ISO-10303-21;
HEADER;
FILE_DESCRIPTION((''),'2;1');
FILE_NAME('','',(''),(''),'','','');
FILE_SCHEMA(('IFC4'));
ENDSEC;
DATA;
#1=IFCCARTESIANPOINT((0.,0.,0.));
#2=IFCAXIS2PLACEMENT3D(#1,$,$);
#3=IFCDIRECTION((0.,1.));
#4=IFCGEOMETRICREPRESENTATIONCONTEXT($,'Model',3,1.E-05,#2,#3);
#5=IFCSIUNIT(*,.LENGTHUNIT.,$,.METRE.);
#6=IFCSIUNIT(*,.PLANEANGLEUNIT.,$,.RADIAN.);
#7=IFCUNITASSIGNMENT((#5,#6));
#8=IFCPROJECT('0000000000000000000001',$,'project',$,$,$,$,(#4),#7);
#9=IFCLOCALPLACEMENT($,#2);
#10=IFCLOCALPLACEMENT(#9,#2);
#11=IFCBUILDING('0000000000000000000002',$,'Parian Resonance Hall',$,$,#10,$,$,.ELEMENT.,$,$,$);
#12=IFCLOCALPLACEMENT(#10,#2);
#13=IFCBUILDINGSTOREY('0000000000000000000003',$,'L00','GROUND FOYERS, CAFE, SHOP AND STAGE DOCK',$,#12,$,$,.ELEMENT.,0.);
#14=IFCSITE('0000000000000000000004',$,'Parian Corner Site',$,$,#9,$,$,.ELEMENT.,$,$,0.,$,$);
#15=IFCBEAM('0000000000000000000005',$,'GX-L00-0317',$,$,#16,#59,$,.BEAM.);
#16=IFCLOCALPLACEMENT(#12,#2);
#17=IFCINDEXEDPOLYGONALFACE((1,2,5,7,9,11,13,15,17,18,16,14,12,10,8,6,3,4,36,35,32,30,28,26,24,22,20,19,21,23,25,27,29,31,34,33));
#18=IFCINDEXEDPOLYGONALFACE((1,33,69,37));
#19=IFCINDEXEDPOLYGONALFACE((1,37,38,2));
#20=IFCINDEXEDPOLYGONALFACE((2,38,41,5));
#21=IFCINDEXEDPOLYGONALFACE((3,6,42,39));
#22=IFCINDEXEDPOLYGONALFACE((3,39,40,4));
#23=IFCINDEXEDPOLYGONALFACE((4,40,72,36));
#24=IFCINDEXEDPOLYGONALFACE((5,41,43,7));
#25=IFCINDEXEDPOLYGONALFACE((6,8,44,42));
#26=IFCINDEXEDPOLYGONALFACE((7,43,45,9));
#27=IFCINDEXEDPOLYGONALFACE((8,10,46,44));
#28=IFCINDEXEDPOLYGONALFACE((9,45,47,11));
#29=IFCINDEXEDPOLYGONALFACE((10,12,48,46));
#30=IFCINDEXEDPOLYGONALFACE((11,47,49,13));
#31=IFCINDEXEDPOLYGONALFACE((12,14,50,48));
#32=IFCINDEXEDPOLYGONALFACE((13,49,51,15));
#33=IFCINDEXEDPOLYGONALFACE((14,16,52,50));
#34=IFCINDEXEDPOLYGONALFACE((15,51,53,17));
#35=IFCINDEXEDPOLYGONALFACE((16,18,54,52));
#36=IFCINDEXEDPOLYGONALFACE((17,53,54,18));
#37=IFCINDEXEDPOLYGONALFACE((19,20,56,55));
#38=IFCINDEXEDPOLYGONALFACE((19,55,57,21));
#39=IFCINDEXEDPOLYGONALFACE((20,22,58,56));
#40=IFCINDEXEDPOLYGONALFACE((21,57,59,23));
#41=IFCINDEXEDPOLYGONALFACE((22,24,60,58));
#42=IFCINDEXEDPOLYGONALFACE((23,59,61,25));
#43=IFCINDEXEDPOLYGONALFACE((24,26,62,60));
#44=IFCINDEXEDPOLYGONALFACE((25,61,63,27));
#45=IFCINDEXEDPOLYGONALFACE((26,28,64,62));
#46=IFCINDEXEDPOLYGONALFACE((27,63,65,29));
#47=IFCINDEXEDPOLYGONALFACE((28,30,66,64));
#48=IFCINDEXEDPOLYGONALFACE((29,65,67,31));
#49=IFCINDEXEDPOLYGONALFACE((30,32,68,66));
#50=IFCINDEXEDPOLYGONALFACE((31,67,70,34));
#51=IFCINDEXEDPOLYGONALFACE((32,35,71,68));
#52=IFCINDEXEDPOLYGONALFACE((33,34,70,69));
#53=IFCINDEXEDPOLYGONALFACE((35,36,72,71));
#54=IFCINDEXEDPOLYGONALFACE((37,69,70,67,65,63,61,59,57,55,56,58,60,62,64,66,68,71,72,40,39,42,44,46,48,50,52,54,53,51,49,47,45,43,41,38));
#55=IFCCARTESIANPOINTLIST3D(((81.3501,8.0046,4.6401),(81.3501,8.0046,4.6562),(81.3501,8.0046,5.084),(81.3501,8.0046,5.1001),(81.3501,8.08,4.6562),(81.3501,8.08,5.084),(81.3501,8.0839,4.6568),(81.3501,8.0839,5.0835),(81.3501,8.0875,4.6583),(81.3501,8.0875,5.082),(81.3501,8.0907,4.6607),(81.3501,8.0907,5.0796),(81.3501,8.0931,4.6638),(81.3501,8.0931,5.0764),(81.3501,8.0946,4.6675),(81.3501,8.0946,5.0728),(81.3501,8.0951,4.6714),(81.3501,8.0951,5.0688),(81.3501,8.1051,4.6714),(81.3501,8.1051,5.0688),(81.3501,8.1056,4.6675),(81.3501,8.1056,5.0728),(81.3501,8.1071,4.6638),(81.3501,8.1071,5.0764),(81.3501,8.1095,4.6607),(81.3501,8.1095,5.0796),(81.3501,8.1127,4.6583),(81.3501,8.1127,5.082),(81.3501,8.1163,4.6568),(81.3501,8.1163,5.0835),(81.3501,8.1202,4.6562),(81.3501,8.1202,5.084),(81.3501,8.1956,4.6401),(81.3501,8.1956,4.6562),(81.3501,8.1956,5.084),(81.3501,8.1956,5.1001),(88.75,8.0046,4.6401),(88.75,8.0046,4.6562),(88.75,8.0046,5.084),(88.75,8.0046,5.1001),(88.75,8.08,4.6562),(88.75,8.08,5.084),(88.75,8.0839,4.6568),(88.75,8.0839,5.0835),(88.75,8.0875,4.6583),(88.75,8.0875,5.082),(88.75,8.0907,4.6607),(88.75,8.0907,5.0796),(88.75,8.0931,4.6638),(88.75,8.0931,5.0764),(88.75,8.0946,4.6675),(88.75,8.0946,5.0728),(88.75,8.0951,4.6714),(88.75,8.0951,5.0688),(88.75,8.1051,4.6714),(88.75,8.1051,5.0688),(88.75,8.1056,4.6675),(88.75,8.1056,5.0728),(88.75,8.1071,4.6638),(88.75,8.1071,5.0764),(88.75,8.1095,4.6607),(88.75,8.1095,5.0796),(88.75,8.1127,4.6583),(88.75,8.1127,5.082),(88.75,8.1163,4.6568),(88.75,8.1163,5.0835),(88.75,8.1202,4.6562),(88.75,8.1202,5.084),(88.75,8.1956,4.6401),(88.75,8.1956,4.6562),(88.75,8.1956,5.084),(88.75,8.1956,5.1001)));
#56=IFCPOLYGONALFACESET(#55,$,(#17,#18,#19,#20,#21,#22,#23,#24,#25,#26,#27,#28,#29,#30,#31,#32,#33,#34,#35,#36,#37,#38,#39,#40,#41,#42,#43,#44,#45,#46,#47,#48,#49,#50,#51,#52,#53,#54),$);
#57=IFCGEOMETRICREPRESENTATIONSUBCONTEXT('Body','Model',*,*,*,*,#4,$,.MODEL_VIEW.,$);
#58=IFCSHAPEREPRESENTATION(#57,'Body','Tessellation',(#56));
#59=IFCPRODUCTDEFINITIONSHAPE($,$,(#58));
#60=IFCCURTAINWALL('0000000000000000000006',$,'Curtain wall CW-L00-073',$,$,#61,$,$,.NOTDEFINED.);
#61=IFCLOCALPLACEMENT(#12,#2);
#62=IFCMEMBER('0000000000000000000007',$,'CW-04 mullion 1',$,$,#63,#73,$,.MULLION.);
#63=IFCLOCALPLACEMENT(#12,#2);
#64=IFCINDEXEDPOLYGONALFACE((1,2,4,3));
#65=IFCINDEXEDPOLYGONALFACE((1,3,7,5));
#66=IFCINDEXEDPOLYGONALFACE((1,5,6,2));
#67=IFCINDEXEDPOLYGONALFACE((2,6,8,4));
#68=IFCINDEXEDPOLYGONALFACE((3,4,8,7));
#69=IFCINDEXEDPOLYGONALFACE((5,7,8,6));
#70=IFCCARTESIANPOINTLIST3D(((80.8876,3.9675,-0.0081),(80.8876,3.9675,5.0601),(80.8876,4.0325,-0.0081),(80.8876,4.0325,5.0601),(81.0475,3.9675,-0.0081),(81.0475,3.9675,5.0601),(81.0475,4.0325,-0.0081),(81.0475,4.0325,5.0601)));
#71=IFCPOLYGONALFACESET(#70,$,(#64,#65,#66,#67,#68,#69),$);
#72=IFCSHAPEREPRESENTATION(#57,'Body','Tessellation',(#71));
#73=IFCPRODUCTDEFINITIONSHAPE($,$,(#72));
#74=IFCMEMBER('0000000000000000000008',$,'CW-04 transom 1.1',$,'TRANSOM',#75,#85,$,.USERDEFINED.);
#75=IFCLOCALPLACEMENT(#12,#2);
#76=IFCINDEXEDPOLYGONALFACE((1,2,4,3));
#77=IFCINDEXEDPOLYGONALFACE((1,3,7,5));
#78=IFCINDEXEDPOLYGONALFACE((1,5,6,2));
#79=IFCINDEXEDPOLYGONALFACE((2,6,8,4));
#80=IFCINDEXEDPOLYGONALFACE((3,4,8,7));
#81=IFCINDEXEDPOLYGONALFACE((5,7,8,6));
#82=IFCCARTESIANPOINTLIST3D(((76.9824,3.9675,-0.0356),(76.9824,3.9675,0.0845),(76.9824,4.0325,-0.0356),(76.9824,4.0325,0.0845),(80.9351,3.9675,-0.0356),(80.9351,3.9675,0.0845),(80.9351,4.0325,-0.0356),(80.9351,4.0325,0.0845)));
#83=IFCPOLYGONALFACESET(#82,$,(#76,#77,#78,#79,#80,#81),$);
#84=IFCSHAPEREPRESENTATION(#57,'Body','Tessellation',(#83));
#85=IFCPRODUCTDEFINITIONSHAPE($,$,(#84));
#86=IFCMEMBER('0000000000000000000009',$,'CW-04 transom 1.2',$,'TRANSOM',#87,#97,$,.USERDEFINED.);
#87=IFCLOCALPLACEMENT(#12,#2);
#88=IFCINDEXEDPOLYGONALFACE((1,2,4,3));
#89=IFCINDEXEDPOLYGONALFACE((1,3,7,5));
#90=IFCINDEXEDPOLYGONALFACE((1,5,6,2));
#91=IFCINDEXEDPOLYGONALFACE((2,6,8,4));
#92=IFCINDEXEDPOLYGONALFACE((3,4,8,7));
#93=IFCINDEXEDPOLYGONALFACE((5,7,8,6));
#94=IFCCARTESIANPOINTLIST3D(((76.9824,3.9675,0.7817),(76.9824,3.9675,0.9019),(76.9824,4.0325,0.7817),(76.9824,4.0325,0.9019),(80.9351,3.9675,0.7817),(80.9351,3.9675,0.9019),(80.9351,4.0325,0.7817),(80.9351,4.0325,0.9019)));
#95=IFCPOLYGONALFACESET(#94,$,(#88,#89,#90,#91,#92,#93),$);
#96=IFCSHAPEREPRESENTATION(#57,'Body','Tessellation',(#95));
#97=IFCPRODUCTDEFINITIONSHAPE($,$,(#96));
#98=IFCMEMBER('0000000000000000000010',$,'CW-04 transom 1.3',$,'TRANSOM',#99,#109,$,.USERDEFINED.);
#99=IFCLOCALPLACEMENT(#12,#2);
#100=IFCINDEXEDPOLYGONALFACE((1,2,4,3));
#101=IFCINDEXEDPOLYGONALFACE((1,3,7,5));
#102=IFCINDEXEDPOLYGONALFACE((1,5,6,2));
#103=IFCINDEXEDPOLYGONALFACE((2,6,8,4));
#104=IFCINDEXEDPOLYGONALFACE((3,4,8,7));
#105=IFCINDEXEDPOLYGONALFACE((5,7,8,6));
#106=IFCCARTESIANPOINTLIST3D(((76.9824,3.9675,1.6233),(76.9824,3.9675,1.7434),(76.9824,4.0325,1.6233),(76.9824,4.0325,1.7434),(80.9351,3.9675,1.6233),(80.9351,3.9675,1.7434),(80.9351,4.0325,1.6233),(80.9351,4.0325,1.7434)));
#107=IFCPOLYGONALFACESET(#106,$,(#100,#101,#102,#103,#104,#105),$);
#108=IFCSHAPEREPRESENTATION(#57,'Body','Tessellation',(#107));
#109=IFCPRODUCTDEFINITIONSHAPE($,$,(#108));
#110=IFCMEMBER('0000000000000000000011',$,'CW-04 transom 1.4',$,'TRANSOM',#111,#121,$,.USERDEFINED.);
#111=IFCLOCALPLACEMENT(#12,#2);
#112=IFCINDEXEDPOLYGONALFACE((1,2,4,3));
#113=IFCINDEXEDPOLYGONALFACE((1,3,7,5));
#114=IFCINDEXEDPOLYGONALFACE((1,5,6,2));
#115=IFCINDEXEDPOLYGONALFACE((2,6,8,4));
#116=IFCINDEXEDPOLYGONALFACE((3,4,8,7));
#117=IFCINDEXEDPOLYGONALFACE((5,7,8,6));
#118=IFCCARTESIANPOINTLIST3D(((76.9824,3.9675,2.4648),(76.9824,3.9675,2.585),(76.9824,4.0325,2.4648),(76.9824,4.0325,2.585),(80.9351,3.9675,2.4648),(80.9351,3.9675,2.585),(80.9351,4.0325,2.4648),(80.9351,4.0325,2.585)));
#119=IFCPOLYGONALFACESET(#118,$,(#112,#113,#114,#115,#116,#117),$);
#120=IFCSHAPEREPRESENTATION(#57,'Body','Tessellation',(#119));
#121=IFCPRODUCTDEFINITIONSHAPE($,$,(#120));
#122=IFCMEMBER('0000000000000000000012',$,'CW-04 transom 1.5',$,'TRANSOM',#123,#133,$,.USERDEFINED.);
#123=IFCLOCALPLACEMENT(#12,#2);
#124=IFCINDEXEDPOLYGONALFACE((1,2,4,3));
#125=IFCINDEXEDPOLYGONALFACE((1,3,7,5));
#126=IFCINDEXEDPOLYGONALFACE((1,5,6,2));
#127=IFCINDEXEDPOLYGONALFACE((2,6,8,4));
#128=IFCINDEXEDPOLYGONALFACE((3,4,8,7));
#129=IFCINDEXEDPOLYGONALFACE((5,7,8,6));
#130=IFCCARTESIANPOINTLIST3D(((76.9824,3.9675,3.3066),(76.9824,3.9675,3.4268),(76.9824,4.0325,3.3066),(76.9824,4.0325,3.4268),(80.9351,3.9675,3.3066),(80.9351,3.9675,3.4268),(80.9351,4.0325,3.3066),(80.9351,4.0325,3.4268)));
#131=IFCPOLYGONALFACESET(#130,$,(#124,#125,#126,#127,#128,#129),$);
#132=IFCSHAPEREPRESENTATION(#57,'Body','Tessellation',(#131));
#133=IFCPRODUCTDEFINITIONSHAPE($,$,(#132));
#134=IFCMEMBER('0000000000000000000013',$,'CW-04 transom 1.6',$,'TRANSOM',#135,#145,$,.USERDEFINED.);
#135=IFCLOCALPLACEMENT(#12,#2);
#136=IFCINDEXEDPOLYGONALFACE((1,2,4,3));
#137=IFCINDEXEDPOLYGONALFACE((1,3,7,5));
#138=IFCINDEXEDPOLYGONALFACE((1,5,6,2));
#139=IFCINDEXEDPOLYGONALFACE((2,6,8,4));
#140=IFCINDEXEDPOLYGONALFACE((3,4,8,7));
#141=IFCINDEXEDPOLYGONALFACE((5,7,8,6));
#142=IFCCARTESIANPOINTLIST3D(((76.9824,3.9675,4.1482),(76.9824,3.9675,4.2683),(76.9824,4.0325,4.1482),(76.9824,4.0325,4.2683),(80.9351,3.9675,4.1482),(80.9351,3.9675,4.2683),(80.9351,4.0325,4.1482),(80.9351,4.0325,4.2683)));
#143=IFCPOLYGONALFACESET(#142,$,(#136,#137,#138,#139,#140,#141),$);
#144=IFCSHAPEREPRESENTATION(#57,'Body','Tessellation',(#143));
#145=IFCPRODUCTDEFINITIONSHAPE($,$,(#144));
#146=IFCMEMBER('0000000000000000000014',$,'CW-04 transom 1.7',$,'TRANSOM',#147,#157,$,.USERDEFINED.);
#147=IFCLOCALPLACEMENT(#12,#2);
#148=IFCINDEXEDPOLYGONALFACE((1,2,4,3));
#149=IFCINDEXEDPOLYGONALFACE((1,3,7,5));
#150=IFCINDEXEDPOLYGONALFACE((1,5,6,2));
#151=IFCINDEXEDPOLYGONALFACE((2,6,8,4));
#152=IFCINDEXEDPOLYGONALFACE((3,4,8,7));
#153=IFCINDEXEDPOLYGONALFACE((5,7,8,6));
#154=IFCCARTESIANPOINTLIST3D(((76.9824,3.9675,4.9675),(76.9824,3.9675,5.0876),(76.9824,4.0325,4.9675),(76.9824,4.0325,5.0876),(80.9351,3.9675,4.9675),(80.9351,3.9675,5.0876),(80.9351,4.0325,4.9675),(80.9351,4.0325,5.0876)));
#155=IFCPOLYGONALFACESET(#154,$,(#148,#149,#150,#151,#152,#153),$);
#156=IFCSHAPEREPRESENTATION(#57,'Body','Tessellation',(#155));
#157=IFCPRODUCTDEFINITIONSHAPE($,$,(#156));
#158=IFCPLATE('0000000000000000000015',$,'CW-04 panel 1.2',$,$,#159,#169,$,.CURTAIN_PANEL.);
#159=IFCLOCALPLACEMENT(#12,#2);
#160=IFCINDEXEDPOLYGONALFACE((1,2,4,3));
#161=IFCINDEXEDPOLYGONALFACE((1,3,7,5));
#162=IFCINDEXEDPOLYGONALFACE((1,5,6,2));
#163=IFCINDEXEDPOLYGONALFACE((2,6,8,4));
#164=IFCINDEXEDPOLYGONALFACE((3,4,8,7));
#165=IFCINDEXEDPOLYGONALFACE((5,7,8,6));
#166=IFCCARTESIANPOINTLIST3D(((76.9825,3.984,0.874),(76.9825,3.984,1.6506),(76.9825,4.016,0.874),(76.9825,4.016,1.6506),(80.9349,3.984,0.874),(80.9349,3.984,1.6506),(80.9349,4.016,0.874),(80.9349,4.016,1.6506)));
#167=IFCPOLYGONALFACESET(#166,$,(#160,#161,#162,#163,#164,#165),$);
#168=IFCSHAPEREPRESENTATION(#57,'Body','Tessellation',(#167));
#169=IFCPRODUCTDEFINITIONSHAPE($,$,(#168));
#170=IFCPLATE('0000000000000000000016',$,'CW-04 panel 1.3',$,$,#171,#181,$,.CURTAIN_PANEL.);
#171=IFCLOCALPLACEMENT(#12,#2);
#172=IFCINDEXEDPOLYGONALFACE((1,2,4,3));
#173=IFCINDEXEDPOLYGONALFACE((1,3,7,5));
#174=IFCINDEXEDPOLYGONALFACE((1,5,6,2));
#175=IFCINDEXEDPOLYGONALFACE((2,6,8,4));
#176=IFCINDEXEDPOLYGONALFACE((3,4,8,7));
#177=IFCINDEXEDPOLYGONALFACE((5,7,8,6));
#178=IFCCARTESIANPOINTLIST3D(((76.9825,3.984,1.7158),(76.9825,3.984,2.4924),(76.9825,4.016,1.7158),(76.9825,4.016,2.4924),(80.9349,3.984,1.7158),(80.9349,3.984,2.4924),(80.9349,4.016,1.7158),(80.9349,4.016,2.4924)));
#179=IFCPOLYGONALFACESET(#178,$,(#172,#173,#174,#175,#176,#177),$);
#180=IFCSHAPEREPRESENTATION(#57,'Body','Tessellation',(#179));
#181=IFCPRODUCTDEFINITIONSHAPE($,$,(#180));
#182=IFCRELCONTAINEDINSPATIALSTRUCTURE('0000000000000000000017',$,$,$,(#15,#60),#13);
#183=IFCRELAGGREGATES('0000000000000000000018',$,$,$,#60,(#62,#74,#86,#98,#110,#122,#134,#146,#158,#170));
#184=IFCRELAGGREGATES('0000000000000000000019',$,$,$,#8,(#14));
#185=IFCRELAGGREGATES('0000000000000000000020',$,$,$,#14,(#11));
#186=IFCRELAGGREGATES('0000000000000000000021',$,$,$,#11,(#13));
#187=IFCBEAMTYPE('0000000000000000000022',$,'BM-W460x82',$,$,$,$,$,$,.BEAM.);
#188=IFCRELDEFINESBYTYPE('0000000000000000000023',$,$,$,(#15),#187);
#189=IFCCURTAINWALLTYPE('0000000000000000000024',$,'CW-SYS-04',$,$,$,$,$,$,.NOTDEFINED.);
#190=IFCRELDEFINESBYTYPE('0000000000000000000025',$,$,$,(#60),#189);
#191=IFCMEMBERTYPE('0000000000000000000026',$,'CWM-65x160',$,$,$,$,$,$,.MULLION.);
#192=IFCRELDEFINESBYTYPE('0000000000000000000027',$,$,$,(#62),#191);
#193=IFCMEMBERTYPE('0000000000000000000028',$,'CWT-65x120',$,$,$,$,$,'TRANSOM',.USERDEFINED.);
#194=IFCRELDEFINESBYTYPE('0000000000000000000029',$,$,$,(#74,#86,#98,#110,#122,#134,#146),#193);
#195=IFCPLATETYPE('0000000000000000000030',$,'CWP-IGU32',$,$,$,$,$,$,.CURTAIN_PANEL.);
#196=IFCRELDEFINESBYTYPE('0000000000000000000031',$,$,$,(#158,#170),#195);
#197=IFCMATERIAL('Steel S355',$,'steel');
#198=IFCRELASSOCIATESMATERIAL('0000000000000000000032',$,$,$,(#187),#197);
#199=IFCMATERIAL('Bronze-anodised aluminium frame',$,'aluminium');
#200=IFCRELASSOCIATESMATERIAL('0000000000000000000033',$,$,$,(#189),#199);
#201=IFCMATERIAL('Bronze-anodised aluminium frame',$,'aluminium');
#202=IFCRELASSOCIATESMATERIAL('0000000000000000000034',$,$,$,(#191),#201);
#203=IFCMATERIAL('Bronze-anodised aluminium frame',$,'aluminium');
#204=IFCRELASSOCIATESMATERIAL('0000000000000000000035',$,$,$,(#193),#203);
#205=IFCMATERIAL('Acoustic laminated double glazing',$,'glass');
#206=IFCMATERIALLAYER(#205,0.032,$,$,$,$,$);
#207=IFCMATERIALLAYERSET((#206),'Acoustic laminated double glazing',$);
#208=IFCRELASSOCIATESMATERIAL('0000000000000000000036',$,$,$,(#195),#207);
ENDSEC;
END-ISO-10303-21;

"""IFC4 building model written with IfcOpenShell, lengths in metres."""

from ifc_helpers import new_model, si_unit, direction, frame, origin, origin_2d, place, context, subcontext, project, spatial, rectangle, i_section, extrude, material, layer, layer_set, material_profile, profile_set, type_object, element, aggregate, save


model = new_model("IFC4")

# Units and contexts
model_context = context("Model", 3, precision=1e-05, world=origin(), true_north=direction((0.0, 1.0)))
body_context = subcontext(model_context, "Body", "Model", "MODEL_VIEW")
ifc_project = project(units=[si_unit("LENGTHUNIT", "METRE"), si_unit("PLANEANGLEUNIT", "RADIAN")], contexts=[model_context])

# Site, building, storey
site_placement = place(None, origin())
site = spatial("IfcSite", under=ifc_project, at=site_placement, Name="Parian Corner Site", CompositionType="ELEMENT", RefElevation=0.0)
building_placement = place(site_placement, origin())
building = spatial("IfcBuilding", under=site, at=building_placement, Name="Parian Resonance Hall", CompositionType="ELEMENT")
storey_placement = place(building_placement, origin())
storey = spatial("IfcBuildingStorey", under=building, at=storey_placement, Name="L00", Description="GROUND FOYERS, CAFE, SHOP AND STAGE DOCK", CompositionType="ELEMENT", Elevation=0.0)

# Beam
ifc_material_1 = material(Name="Steel S355", Category="steel")
ifc_material_profile_1 = material_profile(ifc_material_1, i_section(OverallWidth=0.1909, OverallDepth=0.46, WebThickness=0.01, FlangeThickness=0.0161, FilletRadius=0.0151, at=origin_2d()), Name="W460x82")
ifc_profile_set_1 = profile_set([ifc_material_profile_1], Name="Steel S355")
beam_type_1 = type_object("IfcBeamType", Name="BM-W460x82", PredefinedType="BEAM", material=ifc_profile_set_1)
beam_1_placement = place(storey_placement, frame((81.3501, 8.1001, 4.8701), z_axis=(1.0, 0.0, 0.0), x_axis=(0.0, 1.0, 0.0)))
element("IfcBeam", 1, at=beam_1_placement, inside=storey, type_object=beam_type_1, Name="GX-L00-0317", PredefinedType="BEAM", context=body_context, shape_type="SweptSolid", body=[
    extrude(i_section(OverallWidth=0.1909, OverallDepth=0.46, WebThickness=0.01, FlangeThickness=0.0161, FilletRadius=0.0151, at=origin_2d()), origin(), (0.0, 0.0, 1.0), 7.3999),
])

# Curtain wall, members, plates
ifc_material_2 = material(Name="Bronze-anodised aluminium frame", Category="aluminium")
curtain_wall_type = type_object("IfcCurtainWallType", Name="CW-SYS-04", PredefinedType="NOTDEFINED", material=ifc_material_2)
curtain_wall_placement = place(storey_placement, origin())
curtain_wall = element("IfcCurtainWall", 2, at=curtain_wall_placement, inside=storey, type_object=curtain_wall_type, Name="Curtain wall CW-L00-073", PredefinedType="NOTDEFINED")
ifc_material_3 = material(Name="Bronze-anodised aluminium frame", Category="aluminium")
ifc_material_profile_2 = material_profile(ifc_material_3, rectangle(XDim=0.0649, YDim=0.1599, at=origin_2d()), Name="CWM-65x160")
ifc_profile_set_2 = profile_set([ifc_material_profile_2], Name="Bronze-anodised aluminium frame")
member_type_1 = type_object("IfcMemberType", Name="CWM-65x160", PredefinedType="MULLION", material=ifc_profile_set_2)
member_1_placement = place(storey_placement, frame((80.9675, 4.0, -0.0081), z_axis=(0.0, 0.0, 1.0), x_axis=(0.0, -1.0, 0.0)))
member_1 = element("IfcMember", 3, at=member_1_placement, type_object=member_type_1, Name="CW-04 mullion 1", PredefinedType="MULLION", context=body_context, shape_type="SweptSolid", body=[
    extrude(rectangle(XDim=0.0649, YDim=0.1599, at=origin_2d()), origin(), (0.0, 0.0, 1.0), 5.0681),
])
ifc_material_4 = material(Name="Bronze-anodised aluminium frame", Category="aluminium")
ifc_material_profile_3 = material_profile(ifc_material_4, rectangle(XDim=0.0649, YDim=0.1201, at=origin_2d()), Name="CWT-65x120")
ifc_profile_set_3 = profile_set([ifc_material_profile_3], Name="Bronze-anodised aluminium frame")
member_type_2 = type_object("IfcMemberType", Name="CWT-65x120", ElementType="TRANSOM", PredefinedType="USERDEFINED", material=ifc_profile_set_3)
member_2_placement = place(storey_placement, frame((80.9351, 4.0, 0.0244), z_axis=(-1.0, 0.0, 0.0), x_axis=(0.0, -1.0, 0.0)))
member_2 = element("IfcMember", 4, at=member_2_placement, type_object=member_type_2, Name="CW-04 transom 1.1", ObjectType="TRANSOM", PredefinedType="USERDEFINED", context=body_context, shape_type="SweptSolid", body=[
    extrude(rectangle(XDim=0.0649, YDim=0.1201, at=origin_2d()), origin(), (0.0, 0.0, 1.0), 3.9526),
])
member_3_placement = place(storey_placement, frame((80.9351, 4.0, 0.8418), z_axis=(-1.0, 0.0, 0.0), x_axis=(0.0, -1.0, 0.0)))
member_3 = element("IfcMember", 5, at=member_3_placement, type_object=member_type_2, Name="CW-04 transom 1.2", ObjectType="TRANSOM", PredefinedType="USERDEFINED", context=body_context, shape_type="SweptSolid", body=[
    extrude(rectangle(XDim=0.0649, YDim=0.1201, at=origin_2d()), origin(), (0.0, 0.0, 1.0), 3.9526),
])
member_4_placement = place(storey_placement, frame((80.9351, 4.0, 1.6833), z_axis=(-1.0, 0.0, 0.0), x_axis=(0.0, -1.0, 0.0)))
member_4 = element("IfcMember", 6, at=member_4_placement, type_object=member_type_2, Name="CW-04 transom 1.3", ObjectType="TRANSOM", PredefinedType="USERDEFINED", context=body_context, shape_type="SweptSolid", body=[
    extrude(rectangle(XDim=0.0649, YDim=0.1201, at=origin_2d()), origin(), (0.0, 0.0, 1.0), 3.9526),
])
member_5_placement = place(storey_placement, frame((80.9351, 4.0, 2.5249), z_axis=(-1.0, 0.0, 0.0), x_axis=(0.0, -1.0, 0.0)))
member_5 = element("IfcMember", 7, at=member_5_placement, type_object=member_type_2, Name="CW-04 transom 1.4", ObjectType="TRANSOM", PredefinedType="USERDEFINED", context=body_context, shape_type="SweptSolid", body=[
    extrude(rectangle(XDim=0.0649, YDim=0.1201, at=origin_2d()), origin(), (0.0, 0.0, 1.0), 3.9526),
])
member_6_placement = place(storey_placement, frame((80.9351, 4.0, 3.3667), z_axis=(-1.0, 0.0, 0.0), x_axis=(0.0, -1.0, 0.0)))
member_6 = element("IfcMember", 8, at=member_6_placement, type_object=member_type_2, Name="CW-04 transom 1.5", ObjectType="TRANSOM", PredefinedType="USERDEFINED", context=body_context, shape_type="SweptSolid", body=[
    extrude(rectangle(XDim=0.0649, YDim=0.1201, at=origin_2d()), origin(), (0.0, 0.0, 1.0), 3.9526),
])
member_7_placement = place(storey_placement, frame((80.9351, 4.0, 4.2083), z_axis=(-1.0, 0.0, 0.0), x_axis=(0.0, -1.0, 0.0)))
member_7 = element("IfcMember", 9, at=member_7_placement, type_object=member_type_2, Name="CW-04 transom 1.6", ObjectType="TRANSOM", PredefinedType="USERDEFINED", context=body_context, shape_type="SweptSolid", body=[
    extrude(rectangle(XDim=0.0649, YDim=0.1201, at=origin_2d()), origin(), (0.0, 0.0, 1.0), 3.9526),
])
member_8_placement = place(storey_placement, frame((80.9351, 4.0, 5.0276), z_axis=(-1.0, 0.0, 0.0), x_axis=(0.0, -1.0, 0.0)))
member_8 = element("IfcMember", 10, at=member_8_placement, type_object=member_type_2, Name="CW-04 transom 1.7", ObjectType="TRANSOM", PredefinedType="USERDEFINED", context=body_context, shape_type="SweptSolid", body=[
    extrude(rectangle(XDim=0.0649, YDim=0.1201, at=origin_2d()), origin(), (0.0, 0.0, 1.0), 3.9526),
])
ifc_material_5 = material(Name="Acoustic laminated double glazing", Category="glass")
ifc_layer_1 = layer(ifc_material_5, 0.032)
ifc_layer_set_1 = layer_set([ifc_layer_1], Name="Acoustic laminated double glazing")
plate_type = type_object("IfcPlateType", Name="CWP-IGU32", PredefinedType="CURTAIN_PANEL", material=ifc_layer_set_1)
plate_1_placement = place(storey_placement, frame((78.9587, 4.0, 0.874), z_axis=(0.0, 0.0, 1.0), x_axis=(-1.0, 0.0, 0.0)))
plate_1 = element("IfcPlate", 11, at=plate_1_placement, type_object=plate_type, Name="CW-04 panel 1.2", PredefinedType="CURTAIN_PANEL", context=body_context, shape_type="SweptSolid", body=[
    extrude(rectangle(XDim=3.9524, YDim=0.032, at=origin_2d()), origin(), (0.0, 0.0, 1.0), 0.7766),
])
plate_2_placement = place(storey_placement, frame((78.9587, 4.0, 1.7158), z_axis=(0.0, 0.0, 1.0), x_axis=(-1.0, 0.0, 0.0)))
plate_2 = element("IfcPlate", 12, at=plate_2_placement, type_object=plate_type, Name="CW-04 panel 1.3", PredefinedType="CURTAIN_PANEL", context=body_context, shape_type="SweptSolid", body=[
    extrude(rectangle(XDim=3.9524, YDim=0.032, at=origin_2d()), origin(), (0.0, 0.0, 1.0), 0.7766),
])
aggregate(curtain_wall, [member_1, member_2, member_3, member_4, member_5, member_6, member_7, member_8, plate_1, plate_2])

save(model, "model.ifc")
